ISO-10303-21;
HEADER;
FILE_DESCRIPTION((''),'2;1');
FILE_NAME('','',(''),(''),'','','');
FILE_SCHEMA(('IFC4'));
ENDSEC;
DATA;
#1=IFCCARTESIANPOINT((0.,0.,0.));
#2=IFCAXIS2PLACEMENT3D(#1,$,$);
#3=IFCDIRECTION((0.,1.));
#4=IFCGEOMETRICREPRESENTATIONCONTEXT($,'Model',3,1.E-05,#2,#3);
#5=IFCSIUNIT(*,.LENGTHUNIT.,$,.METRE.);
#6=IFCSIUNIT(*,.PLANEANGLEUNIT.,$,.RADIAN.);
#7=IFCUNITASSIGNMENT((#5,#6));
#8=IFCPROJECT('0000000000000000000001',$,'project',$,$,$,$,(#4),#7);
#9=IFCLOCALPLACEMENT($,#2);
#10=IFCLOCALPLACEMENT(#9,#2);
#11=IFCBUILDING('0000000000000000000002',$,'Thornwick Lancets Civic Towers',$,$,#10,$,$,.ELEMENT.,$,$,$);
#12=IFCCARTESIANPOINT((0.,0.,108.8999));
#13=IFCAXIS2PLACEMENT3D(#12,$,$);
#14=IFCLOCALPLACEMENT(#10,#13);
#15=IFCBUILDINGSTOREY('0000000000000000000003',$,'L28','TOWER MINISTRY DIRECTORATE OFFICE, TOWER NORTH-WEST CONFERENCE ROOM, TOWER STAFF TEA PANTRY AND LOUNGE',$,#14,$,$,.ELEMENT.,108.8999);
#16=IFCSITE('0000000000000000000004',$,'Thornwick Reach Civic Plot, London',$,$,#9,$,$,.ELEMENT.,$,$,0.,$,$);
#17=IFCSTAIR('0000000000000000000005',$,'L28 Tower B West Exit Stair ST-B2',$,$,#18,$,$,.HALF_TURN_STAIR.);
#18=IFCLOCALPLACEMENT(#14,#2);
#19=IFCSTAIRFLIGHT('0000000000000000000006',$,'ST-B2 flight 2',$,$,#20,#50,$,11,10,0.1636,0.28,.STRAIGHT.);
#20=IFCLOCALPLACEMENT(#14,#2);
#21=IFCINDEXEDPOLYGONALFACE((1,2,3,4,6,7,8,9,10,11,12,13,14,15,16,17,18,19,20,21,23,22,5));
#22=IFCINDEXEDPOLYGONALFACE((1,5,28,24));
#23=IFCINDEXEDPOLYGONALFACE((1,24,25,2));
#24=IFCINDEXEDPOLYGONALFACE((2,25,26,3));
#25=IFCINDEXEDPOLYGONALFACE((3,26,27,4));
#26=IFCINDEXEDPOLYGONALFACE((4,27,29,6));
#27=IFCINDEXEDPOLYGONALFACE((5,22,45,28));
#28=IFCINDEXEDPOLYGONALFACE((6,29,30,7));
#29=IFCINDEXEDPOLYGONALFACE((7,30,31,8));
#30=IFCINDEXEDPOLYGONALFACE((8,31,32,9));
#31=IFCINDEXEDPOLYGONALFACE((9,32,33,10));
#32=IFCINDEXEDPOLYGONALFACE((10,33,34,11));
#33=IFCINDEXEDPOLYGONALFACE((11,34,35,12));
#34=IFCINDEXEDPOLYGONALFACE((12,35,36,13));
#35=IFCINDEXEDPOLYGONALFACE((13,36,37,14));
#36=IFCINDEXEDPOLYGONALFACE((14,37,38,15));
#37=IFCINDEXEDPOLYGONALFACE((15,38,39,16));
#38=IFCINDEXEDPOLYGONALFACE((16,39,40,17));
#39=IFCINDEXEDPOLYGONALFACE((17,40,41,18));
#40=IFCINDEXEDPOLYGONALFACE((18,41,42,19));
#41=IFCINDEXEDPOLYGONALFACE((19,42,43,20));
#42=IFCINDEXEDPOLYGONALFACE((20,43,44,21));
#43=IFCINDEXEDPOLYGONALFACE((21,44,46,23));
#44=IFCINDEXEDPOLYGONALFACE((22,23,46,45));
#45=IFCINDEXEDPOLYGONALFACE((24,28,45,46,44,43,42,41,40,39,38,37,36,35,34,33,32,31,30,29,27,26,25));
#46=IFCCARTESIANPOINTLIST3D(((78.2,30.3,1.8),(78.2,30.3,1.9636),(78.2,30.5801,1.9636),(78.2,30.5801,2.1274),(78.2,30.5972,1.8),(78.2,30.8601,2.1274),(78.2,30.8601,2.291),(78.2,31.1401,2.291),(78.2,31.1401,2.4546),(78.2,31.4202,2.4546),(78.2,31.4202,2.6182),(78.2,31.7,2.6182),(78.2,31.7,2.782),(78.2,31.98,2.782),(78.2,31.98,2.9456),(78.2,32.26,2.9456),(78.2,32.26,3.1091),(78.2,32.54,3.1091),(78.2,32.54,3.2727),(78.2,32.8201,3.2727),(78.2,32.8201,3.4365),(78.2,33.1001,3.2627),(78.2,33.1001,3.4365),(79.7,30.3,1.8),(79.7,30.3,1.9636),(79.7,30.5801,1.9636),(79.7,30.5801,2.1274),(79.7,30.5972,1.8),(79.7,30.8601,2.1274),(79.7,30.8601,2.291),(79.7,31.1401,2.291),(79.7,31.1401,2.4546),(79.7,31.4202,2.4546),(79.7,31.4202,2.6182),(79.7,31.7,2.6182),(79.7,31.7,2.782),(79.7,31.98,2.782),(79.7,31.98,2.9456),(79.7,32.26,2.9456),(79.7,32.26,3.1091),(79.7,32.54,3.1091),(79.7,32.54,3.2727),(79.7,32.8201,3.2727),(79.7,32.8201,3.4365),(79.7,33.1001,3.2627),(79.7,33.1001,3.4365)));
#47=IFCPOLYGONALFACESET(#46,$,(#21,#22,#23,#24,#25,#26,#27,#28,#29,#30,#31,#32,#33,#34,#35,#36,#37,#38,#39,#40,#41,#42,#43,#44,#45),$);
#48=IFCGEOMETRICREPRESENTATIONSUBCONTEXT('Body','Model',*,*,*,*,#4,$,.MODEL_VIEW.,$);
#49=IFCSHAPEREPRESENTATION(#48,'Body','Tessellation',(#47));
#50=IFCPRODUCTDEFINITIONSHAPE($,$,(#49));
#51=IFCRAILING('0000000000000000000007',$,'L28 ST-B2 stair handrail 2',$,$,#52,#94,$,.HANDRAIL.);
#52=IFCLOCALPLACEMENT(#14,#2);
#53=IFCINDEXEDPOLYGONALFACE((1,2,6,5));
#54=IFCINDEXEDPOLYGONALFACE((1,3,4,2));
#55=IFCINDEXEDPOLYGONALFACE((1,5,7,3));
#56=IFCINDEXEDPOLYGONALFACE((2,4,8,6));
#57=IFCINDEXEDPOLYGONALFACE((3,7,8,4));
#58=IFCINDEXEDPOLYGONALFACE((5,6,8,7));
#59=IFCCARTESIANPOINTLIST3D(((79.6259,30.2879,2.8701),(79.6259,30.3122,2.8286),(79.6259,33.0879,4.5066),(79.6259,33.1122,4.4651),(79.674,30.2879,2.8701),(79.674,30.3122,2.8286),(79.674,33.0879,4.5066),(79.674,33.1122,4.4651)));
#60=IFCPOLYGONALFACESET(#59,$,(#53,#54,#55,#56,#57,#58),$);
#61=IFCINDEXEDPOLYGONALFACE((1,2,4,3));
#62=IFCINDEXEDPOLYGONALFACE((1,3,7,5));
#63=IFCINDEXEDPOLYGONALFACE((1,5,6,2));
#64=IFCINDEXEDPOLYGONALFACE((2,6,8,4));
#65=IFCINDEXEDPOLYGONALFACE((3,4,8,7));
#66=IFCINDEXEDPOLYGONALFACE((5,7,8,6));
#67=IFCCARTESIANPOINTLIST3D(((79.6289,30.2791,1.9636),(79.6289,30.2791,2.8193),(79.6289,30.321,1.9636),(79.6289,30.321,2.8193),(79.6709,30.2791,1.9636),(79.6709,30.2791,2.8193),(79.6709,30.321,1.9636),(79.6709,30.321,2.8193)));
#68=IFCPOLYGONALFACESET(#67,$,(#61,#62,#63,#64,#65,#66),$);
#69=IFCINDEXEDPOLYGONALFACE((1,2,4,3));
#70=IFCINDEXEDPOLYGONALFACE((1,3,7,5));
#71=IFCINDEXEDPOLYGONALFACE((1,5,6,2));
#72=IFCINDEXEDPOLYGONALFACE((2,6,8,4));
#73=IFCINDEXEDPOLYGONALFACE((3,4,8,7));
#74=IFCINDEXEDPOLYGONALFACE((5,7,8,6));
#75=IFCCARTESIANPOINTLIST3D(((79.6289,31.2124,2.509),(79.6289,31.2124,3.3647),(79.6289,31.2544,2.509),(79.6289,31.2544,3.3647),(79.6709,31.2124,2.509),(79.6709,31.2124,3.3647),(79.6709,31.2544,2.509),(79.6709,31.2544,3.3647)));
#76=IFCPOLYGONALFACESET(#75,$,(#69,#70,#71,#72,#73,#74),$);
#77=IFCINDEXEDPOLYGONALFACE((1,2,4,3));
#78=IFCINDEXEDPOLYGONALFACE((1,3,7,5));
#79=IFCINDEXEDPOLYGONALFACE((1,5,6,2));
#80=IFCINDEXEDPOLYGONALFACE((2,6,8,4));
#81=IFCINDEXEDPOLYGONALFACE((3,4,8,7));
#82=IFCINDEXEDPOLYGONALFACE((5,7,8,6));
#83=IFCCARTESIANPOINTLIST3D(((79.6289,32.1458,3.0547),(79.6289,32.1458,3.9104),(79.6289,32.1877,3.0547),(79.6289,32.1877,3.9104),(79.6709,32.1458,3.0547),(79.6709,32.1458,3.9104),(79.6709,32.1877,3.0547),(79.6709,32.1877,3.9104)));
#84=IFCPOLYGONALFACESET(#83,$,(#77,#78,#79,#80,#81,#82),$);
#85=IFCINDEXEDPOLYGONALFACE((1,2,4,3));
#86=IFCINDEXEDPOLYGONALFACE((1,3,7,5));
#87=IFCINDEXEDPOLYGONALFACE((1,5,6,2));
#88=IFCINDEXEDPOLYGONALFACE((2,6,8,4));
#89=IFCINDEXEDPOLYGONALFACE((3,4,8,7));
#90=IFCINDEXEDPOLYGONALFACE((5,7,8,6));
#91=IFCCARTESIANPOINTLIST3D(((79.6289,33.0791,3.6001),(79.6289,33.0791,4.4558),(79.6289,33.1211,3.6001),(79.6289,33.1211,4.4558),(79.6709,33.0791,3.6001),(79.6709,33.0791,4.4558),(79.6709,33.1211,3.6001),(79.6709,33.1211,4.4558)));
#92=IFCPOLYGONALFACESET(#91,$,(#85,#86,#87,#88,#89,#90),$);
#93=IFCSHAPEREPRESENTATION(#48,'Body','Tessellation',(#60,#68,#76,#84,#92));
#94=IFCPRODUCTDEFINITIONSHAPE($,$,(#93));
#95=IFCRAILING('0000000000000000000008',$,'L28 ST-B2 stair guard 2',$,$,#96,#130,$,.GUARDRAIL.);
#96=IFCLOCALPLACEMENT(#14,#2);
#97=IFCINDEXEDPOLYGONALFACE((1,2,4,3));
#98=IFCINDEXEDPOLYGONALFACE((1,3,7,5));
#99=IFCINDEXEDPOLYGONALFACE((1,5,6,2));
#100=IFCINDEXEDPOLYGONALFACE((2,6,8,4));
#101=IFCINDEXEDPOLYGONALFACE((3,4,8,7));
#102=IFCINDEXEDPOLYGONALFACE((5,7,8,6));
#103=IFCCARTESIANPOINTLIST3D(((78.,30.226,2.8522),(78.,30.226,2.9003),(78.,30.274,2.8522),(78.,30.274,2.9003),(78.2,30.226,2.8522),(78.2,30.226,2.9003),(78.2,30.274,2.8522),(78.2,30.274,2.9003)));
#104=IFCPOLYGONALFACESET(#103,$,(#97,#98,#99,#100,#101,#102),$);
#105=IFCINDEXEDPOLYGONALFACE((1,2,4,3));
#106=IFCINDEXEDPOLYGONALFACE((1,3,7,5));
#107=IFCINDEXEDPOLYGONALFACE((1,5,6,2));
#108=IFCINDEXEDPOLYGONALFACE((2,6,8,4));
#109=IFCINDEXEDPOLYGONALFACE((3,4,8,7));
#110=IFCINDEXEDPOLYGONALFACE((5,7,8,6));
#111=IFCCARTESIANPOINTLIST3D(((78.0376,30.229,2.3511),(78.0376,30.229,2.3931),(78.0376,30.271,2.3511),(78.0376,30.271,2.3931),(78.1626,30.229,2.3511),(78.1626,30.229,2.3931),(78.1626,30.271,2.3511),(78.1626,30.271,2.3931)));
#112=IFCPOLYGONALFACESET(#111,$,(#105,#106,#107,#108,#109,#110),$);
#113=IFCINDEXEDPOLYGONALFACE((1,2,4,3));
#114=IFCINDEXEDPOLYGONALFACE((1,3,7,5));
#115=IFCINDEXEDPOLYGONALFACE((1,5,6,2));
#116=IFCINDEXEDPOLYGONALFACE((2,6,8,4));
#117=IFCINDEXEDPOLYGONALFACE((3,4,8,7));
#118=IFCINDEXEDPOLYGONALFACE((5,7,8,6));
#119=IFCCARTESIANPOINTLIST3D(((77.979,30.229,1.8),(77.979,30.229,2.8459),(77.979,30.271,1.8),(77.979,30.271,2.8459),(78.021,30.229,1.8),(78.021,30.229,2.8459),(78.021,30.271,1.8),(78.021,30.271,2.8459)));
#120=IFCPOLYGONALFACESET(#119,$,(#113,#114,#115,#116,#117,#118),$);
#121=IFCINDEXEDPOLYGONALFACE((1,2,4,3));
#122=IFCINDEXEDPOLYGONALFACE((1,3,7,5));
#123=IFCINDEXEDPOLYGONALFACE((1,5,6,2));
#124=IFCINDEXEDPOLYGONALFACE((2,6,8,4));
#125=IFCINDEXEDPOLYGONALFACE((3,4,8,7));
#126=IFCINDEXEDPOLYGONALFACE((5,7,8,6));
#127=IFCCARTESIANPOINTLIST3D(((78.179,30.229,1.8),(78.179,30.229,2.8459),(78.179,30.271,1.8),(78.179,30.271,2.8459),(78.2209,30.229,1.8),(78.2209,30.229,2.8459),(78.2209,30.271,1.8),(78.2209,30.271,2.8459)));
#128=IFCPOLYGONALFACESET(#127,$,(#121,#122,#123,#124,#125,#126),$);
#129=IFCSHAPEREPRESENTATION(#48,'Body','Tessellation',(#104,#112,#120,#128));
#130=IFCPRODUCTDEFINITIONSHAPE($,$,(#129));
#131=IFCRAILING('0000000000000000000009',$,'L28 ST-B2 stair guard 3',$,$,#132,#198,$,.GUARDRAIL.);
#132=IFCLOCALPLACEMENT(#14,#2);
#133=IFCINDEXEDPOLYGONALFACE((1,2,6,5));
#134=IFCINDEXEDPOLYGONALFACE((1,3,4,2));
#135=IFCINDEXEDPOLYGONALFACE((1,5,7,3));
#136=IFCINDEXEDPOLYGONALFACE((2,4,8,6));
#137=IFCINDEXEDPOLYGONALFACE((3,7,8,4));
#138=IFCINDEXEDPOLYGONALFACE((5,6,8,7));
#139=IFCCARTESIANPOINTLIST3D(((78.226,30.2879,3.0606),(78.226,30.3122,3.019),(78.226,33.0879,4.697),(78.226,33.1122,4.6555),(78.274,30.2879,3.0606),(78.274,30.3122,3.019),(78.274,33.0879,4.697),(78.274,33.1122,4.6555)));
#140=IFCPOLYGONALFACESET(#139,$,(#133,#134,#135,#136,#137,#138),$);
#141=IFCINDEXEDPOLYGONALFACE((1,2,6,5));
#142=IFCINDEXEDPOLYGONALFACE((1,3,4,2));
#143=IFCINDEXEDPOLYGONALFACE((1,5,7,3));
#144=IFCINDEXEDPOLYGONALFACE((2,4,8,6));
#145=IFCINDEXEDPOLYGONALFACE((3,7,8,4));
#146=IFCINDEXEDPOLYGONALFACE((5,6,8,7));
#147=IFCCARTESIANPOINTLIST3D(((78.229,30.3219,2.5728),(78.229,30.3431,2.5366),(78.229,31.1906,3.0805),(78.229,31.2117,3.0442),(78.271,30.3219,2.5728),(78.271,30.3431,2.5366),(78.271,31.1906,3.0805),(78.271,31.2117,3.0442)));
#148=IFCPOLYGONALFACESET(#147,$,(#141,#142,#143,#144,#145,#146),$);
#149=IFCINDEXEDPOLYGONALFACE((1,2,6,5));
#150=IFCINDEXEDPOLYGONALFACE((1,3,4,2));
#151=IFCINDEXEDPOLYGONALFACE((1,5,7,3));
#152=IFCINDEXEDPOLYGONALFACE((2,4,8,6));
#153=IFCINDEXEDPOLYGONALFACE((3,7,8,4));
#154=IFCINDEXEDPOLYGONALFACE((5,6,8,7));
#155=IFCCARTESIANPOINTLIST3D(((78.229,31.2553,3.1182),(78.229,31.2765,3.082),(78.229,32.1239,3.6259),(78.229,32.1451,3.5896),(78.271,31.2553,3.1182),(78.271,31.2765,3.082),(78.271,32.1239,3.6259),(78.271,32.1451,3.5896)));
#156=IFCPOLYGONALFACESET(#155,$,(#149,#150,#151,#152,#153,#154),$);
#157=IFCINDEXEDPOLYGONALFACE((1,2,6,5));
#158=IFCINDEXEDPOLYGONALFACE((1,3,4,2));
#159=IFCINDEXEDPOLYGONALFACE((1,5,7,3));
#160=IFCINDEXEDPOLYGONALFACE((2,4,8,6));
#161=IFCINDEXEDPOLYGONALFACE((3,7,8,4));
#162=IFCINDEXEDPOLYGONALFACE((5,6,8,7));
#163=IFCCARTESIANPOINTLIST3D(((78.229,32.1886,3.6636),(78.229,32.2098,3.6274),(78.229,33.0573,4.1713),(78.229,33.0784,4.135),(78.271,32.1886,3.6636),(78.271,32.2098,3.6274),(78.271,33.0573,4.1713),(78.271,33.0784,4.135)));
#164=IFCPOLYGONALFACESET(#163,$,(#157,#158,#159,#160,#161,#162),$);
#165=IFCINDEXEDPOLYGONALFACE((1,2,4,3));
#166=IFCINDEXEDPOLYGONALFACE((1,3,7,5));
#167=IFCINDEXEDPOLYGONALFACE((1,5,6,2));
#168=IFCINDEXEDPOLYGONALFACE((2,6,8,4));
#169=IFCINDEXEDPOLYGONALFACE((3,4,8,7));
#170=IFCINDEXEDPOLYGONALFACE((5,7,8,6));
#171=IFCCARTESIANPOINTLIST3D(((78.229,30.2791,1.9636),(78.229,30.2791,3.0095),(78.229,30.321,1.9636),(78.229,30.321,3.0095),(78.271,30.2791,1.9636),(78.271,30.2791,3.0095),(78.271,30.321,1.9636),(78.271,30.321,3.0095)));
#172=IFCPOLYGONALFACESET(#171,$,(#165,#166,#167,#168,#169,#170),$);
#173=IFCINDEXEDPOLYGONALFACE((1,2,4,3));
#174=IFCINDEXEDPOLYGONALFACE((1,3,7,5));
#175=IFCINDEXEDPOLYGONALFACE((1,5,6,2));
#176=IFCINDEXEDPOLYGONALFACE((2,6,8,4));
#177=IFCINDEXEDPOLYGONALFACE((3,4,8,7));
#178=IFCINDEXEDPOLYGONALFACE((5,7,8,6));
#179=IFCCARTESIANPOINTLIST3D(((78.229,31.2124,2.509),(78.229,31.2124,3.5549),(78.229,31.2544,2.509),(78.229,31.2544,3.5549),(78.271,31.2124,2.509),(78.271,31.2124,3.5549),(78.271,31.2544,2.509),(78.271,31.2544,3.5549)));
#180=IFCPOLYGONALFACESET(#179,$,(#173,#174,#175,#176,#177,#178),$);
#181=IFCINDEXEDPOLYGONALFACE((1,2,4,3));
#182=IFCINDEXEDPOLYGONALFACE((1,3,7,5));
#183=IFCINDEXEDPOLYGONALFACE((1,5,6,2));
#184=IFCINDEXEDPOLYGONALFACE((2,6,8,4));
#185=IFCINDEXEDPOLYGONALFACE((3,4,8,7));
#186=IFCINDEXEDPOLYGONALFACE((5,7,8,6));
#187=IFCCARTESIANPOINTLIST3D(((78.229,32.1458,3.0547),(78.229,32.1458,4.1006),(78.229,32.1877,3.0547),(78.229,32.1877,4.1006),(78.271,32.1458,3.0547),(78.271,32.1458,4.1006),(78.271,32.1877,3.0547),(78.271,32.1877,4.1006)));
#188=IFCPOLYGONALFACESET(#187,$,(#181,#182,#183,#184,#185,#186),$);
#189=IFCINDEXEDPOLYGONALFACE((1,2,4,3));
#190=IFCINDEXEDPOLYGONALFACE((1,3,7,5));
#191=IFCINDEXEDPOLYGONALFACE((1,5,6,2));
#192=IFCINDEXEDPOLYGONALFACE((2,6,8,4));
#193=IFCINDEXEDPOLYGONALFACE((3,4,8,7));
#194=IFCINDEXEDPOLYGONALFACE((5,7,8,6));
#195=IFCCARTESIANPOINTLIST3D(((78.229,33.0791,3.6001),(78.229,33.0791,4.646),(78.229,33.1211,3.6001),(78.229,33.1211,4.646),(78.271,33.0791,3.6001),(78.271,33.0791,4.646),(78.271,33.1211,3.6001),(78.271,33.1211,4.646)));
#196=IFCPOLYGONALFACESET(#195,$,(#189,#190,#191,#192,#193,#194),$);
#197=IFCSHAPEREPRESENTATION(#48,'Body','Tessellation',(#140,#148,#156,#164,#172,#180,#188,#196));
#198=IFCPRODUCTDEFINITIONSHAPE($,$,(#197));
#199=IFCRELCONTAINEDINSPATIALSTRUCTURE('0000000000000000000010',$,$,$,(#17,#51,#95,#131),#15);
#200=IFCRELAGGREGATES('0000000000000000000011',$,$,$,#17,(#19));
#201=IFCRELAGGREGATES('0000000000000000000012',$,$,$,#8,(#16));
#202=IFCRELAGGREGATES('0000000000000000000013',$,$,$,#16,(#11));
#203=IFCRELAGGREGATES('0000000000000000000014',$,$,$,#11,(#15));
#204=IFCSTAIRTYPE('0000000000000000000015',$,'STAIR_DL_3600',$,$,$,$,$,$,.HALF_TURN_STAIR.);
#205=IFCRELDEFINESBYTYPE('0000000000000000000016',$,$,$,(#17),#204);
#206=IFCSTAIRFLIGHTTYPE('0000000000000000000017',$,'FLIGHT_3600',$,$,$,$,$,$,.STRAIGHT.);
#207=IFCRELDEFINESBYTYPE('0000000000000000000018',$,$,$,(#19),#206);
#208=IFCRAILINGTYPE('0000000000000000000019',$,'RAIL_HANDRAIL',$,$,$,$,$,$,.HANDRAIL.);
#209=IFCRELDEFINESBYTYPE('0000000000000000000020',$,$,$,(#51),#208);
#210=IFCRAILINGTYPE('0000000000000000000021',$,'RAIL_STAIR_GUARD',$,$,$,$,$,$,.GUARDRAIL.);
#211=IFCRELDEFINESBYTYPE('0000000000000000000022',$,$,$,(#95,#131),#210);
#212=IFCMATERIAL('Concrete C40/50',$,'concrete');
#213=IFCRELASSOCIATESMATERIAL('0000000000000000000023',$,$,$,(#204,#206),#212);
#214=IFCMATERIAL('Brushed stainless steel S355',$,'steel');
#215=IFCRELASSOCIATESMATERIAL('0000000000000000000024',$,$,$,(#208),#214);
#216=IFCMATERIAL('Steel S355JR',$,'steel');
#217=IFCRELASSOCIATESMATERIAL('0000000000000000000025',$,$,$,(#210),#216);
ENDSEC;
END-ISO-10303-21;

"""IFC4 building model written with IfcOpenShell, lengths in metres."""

from ifc_helpers import new_model, si_unit, direction, frame, origin, origin_2d, place, context, subcontext, project, spatial, polyline, rectangle, outline, extrude, material, type_object, element, aggregate, save


model = new_model("IFC4")

# Units and contexts
model_context = context("Model", 3, precision=1e-05, world=origin(), true_north=direction((0.0, 1.0)))
body_context = subcontext(model_context, "Body", "Model", "MODEL_VIEW")
ifc_project = project(units=[si_unit("LENGTHUNIT", "METRE"), si_unit("PLANEANGLEUNIT", "RADIAN")], contexts=[model_context])

# Site, building, storey
site_placement = place(None, origin())
site = spatial("IfcSite", under=ifc_project, at=site_placement, Name="Thornwick Reach Civic Plot, London", CompositionType="ELEMENT", RefElevation=0.0)
building_placement = place(site_placement, origin())
building = spatial("IfcBuilding", under=site, at=building_placement, Name="Thornwick Lancets Civic Towers", CompositionType="ELEMENT")
storey_placement = place(building_placement, frame((0.0, 0.0, 108.8999)))
storey = spatial("IfcBuildingStorey", under=building, at=storey_placement, Name="L28", Description="TOWER MINISTRY DIRECTORATE OFFICE, TOWER NORTH-WEST CONFERENCE ROOM, TOWER STAFF TEA PANTRY AND LOUNGE", CompositionType="ELEMENT", Elevation=108.8999)

# Shared definitions
ifc_material_1 = material(Name="Concrete C40/50", Category="concrete")

# Stair, stair flight
stair_type = type_object("IfcStairType", Name="STAIR_DL_3600", PredefinedType="HALF_TURN_STAIR", material=ifc_material_1)
stair_placement = place(storey_placement, origin())
stair = element("IfcStair", 1, at=stair_placement, inside=storey, type_object=stair_type, Name="L28 Tower B West Exit Stair ST-B2", PredefinedType="HALF_TURN_STAIR")
stair_flight_type = type_object("IfcStairFlightType", Name="FLIGHT_3600", PredefinedType="STRAIGHT", material=ifc_material_1)
stair_flight_placement = place(storey_placement, frame((78.95, 30.3, 1.8), z_axis=(0.0, 0.0, 1.0), x_axis=(0.0, 1.0, 0.0)))
stair_flight = element("IfcStairFlight", 2, at=stair_flight_placement, type_object=stair_flight_type, Name="ST-B2 flight 2", NumberOfRisers=11, NumberOfTreads=10, PredefinedType="STRAIGHT", RiserHeight=0.1636, TreadLength=0.28, context=body_context, shape_type="SweptSolid", body=[
    extrude(outline(polyline([(0.0, 0.0), (0.0, 0.1636), (0.28, 0.1636), (0.28, 0.3274), (0.5601, 0.3274), (0.5601, 0.491), (0.8401, 0.491), (0.8401, 0.6545), (1.1201, 0.6545), (1.1201, 0.8181), (1.3999, 0.8181), (1.3999, 0.9819), (1.6799, 0.9819), (1.6799, 1.1455), (1.96, 1.1455), (1.96, 1.3091), (2.24, 1.3091), (2.24, 1.4727), (2.52, 1.4727), (2.52, 1.6365), (2.8, 1.6365), (2.8, 1.8), (2.8, 1.4626), (0.2971, 0.0), (0.0, 0.0)])), frame((0.0, 0.75, 0.0), z_axis=(0.0, -1.0, 0.0), x_axis=(1.0, 0.0, 0.0)), (0.0, 0.0, 1.0), 1.5),
])
aggregate(stair, [stair_flight])

# Railings
ifc_material_2 = material(Name="Brushed stainless steel S355", Category="steel")
railing_type_1 = type_object("IfcRailingType", Name="RAIL_HANDRAIL", PredefinedType="HANDRAIL", material=ifc_material_2)
railing_1_placement = place(storey_placement, frame((79.6499, 30.3, 1.9636)))
element("IfcRailing", 3, at=railing_1_placement, inside=storey, type_object=railing_type_1, Name="L28 ST-B2 stair handrail 2", PredefinedType="HANDRAIL", context=body_context, shape_type="SweptSolid", body=[
    extrude(rectangle(XDim=0.0481, YDim=0.0481, at=origin_2d()), frame((0.0, 0.0, 0.8857), z_axis=(0.0, 0.863361, 0.504587), x_axis=(-1.0, 0.0, 0.0)), (0.0, 0.0, 1.0), 3.2432),
    extrude(rectangle(XDim=0.042, YDim=0.042, at=origin_2d()), origin(), (0.0, 0.0, 1.0), 0.8557),
    extrude(rectangle(XDim=0.042, YDim=0.042, at=origin_2d()), frame((0.0, 0.9333, 0.5454)), (0.0, 0.0, 1.0), 0.8557),
    extrude(rectangle(XDim=0.042, YDim=0.042, at=origin_2d()), frame((0.0, 1.8667, 1.0911)), (0.0, 0.0, 1.0), 0.8557),
    extrude(rectangle(XDim=0.042, YDim=0.042, at=origin_2d()), frame((0.0, 2.8, 1.6365)), (0.0, 0.0, 1.0), 0.8557),
])
ifc_material_3 = material(Name="Steel S355JR", Category="steel")
railing_type_2 = type_object("IfcRailingType", Name="RAIL_STAIR_GUARD", PredefinedType="GUARDRAIL", material=ifc_material_3)
railing_2_placement = place(storey_placement, frame((78.0, 30.25, 1.8)))
element("IfcRailing", 4, at=railing_2_placement, inside=storey, type_object=railing_type_2, Name="L28 ST-B2 stair guard 2", PredefinedType="GUARDRAIL", context=body_context, shape_type="SweptSolid", body=[
    extrude(rectangle(XDim=0.0481, YDim=0.0481, at=origin_2d()), frame((0.0, 0.0, 1.0762), z_axis=(1.0, 0.0, 0.0), x_axis=(0.0, 1.0, 0.0)), (0.0, 0.0, 1.0), 0.2),
    extrude(rectangle(XDim=0.042, YDim=0.042, at=origin_2d()), frame((0.0376, 0.0, 0.572), z_axis=(1.0, 0.0, 0.0), x_axis=(0.0, 1.0, 0.0)), (0.0, 0.0, 1.0), 0.125),
    extrude(rectangle(XDim=0.042, YDim=0.042, at=origin_2d()), origin(), (0.0, 0.0, 1.0), 1.0459),
    extrude(rectangle(XDim=0.042, YDim=0.042, at=origin_2d()), frame((0.2, 0.0, 0.0)), (0.0, 0.0, 1.0), 1.0459),
])
railing_3_placement = place(storey_placement, frame((78.25, 30.3, 1.9636)))
element("IfcRailing", 5, at=railing_3_placement, inside=storey, type_object=railing_type_2, Name="L28 ST-B2 stair guard 3", PredefinedType="GUARDRAIL", context=body_context, shape_type="SweptSolid", body=[
    extrude(rectangle(XDim=0.0481, YDim=0.0481, at=origin_2d()), frame((0.0, 0.0, 1.0762), z_axis=(0.0, 0.863361, 0.504587), x_axis=(-1.0, 0.0, 0.0)), (0.0, 0.0, 1.0), 3.2432),
    extrude(rectangle(XDim=0.042, YDim=0.042, at=origin_2d()), frame((0.0, 0.0325, 0.5911), z_axis=(0.0, 0.863361, 0.504587), x_axis=(-1.0, 0.0, 0.0)), (0.0, 0.0, 1.0), 1.0061),
    extrude(rectangle(XDim=0.042, YDim=0.042, at=origin_2d()), frame((0.0, 0.9658, 1.1365), z_axis=(0.0, 0.863361, 0.504587), x_axis=(-1.0, 0.0, 0.0)), (0.0, 0.0, 1.0), 1.0061),
    extrude(rectangle(XDim=0.042, YDim=0.042, at=origin_2d()), frame((0.0, 1.8992, 1.6819), z_axis=(0.0, 0.863361, 0.504587), x_axis=(-1.0, 0.0, 0.0)), (0.0, 0.0, 1.0), 1.0061),
    extrude(rectangle(XDim=0.042, YDim=0.042, at=origin_2d()), origin(), (0.0, 0.0, 1.0), 1.0459),
    extrude(rectangle(XDim=0.042, YDim=0.042, at=origin_2d()), frame((0.0, 0.9333, 0.5454)), (0.0, 0.0, 1.0), 1.0459),
    extrude(rectangle(XDim=0.042, YDim=0.042, at=origin_2d()), frame((0.0, 1.8667, 1.0911)), (0.0, 0.0, 1.0), 1.0459),
    extrude(rectangle(XDim=0.042, YDim=0.042, at=origin_2d()), frame((0.0, 2.8, 1.6365)), (0.0, 0.0, 1.0), 1.0459),
])

save(model, "model.ifc")
